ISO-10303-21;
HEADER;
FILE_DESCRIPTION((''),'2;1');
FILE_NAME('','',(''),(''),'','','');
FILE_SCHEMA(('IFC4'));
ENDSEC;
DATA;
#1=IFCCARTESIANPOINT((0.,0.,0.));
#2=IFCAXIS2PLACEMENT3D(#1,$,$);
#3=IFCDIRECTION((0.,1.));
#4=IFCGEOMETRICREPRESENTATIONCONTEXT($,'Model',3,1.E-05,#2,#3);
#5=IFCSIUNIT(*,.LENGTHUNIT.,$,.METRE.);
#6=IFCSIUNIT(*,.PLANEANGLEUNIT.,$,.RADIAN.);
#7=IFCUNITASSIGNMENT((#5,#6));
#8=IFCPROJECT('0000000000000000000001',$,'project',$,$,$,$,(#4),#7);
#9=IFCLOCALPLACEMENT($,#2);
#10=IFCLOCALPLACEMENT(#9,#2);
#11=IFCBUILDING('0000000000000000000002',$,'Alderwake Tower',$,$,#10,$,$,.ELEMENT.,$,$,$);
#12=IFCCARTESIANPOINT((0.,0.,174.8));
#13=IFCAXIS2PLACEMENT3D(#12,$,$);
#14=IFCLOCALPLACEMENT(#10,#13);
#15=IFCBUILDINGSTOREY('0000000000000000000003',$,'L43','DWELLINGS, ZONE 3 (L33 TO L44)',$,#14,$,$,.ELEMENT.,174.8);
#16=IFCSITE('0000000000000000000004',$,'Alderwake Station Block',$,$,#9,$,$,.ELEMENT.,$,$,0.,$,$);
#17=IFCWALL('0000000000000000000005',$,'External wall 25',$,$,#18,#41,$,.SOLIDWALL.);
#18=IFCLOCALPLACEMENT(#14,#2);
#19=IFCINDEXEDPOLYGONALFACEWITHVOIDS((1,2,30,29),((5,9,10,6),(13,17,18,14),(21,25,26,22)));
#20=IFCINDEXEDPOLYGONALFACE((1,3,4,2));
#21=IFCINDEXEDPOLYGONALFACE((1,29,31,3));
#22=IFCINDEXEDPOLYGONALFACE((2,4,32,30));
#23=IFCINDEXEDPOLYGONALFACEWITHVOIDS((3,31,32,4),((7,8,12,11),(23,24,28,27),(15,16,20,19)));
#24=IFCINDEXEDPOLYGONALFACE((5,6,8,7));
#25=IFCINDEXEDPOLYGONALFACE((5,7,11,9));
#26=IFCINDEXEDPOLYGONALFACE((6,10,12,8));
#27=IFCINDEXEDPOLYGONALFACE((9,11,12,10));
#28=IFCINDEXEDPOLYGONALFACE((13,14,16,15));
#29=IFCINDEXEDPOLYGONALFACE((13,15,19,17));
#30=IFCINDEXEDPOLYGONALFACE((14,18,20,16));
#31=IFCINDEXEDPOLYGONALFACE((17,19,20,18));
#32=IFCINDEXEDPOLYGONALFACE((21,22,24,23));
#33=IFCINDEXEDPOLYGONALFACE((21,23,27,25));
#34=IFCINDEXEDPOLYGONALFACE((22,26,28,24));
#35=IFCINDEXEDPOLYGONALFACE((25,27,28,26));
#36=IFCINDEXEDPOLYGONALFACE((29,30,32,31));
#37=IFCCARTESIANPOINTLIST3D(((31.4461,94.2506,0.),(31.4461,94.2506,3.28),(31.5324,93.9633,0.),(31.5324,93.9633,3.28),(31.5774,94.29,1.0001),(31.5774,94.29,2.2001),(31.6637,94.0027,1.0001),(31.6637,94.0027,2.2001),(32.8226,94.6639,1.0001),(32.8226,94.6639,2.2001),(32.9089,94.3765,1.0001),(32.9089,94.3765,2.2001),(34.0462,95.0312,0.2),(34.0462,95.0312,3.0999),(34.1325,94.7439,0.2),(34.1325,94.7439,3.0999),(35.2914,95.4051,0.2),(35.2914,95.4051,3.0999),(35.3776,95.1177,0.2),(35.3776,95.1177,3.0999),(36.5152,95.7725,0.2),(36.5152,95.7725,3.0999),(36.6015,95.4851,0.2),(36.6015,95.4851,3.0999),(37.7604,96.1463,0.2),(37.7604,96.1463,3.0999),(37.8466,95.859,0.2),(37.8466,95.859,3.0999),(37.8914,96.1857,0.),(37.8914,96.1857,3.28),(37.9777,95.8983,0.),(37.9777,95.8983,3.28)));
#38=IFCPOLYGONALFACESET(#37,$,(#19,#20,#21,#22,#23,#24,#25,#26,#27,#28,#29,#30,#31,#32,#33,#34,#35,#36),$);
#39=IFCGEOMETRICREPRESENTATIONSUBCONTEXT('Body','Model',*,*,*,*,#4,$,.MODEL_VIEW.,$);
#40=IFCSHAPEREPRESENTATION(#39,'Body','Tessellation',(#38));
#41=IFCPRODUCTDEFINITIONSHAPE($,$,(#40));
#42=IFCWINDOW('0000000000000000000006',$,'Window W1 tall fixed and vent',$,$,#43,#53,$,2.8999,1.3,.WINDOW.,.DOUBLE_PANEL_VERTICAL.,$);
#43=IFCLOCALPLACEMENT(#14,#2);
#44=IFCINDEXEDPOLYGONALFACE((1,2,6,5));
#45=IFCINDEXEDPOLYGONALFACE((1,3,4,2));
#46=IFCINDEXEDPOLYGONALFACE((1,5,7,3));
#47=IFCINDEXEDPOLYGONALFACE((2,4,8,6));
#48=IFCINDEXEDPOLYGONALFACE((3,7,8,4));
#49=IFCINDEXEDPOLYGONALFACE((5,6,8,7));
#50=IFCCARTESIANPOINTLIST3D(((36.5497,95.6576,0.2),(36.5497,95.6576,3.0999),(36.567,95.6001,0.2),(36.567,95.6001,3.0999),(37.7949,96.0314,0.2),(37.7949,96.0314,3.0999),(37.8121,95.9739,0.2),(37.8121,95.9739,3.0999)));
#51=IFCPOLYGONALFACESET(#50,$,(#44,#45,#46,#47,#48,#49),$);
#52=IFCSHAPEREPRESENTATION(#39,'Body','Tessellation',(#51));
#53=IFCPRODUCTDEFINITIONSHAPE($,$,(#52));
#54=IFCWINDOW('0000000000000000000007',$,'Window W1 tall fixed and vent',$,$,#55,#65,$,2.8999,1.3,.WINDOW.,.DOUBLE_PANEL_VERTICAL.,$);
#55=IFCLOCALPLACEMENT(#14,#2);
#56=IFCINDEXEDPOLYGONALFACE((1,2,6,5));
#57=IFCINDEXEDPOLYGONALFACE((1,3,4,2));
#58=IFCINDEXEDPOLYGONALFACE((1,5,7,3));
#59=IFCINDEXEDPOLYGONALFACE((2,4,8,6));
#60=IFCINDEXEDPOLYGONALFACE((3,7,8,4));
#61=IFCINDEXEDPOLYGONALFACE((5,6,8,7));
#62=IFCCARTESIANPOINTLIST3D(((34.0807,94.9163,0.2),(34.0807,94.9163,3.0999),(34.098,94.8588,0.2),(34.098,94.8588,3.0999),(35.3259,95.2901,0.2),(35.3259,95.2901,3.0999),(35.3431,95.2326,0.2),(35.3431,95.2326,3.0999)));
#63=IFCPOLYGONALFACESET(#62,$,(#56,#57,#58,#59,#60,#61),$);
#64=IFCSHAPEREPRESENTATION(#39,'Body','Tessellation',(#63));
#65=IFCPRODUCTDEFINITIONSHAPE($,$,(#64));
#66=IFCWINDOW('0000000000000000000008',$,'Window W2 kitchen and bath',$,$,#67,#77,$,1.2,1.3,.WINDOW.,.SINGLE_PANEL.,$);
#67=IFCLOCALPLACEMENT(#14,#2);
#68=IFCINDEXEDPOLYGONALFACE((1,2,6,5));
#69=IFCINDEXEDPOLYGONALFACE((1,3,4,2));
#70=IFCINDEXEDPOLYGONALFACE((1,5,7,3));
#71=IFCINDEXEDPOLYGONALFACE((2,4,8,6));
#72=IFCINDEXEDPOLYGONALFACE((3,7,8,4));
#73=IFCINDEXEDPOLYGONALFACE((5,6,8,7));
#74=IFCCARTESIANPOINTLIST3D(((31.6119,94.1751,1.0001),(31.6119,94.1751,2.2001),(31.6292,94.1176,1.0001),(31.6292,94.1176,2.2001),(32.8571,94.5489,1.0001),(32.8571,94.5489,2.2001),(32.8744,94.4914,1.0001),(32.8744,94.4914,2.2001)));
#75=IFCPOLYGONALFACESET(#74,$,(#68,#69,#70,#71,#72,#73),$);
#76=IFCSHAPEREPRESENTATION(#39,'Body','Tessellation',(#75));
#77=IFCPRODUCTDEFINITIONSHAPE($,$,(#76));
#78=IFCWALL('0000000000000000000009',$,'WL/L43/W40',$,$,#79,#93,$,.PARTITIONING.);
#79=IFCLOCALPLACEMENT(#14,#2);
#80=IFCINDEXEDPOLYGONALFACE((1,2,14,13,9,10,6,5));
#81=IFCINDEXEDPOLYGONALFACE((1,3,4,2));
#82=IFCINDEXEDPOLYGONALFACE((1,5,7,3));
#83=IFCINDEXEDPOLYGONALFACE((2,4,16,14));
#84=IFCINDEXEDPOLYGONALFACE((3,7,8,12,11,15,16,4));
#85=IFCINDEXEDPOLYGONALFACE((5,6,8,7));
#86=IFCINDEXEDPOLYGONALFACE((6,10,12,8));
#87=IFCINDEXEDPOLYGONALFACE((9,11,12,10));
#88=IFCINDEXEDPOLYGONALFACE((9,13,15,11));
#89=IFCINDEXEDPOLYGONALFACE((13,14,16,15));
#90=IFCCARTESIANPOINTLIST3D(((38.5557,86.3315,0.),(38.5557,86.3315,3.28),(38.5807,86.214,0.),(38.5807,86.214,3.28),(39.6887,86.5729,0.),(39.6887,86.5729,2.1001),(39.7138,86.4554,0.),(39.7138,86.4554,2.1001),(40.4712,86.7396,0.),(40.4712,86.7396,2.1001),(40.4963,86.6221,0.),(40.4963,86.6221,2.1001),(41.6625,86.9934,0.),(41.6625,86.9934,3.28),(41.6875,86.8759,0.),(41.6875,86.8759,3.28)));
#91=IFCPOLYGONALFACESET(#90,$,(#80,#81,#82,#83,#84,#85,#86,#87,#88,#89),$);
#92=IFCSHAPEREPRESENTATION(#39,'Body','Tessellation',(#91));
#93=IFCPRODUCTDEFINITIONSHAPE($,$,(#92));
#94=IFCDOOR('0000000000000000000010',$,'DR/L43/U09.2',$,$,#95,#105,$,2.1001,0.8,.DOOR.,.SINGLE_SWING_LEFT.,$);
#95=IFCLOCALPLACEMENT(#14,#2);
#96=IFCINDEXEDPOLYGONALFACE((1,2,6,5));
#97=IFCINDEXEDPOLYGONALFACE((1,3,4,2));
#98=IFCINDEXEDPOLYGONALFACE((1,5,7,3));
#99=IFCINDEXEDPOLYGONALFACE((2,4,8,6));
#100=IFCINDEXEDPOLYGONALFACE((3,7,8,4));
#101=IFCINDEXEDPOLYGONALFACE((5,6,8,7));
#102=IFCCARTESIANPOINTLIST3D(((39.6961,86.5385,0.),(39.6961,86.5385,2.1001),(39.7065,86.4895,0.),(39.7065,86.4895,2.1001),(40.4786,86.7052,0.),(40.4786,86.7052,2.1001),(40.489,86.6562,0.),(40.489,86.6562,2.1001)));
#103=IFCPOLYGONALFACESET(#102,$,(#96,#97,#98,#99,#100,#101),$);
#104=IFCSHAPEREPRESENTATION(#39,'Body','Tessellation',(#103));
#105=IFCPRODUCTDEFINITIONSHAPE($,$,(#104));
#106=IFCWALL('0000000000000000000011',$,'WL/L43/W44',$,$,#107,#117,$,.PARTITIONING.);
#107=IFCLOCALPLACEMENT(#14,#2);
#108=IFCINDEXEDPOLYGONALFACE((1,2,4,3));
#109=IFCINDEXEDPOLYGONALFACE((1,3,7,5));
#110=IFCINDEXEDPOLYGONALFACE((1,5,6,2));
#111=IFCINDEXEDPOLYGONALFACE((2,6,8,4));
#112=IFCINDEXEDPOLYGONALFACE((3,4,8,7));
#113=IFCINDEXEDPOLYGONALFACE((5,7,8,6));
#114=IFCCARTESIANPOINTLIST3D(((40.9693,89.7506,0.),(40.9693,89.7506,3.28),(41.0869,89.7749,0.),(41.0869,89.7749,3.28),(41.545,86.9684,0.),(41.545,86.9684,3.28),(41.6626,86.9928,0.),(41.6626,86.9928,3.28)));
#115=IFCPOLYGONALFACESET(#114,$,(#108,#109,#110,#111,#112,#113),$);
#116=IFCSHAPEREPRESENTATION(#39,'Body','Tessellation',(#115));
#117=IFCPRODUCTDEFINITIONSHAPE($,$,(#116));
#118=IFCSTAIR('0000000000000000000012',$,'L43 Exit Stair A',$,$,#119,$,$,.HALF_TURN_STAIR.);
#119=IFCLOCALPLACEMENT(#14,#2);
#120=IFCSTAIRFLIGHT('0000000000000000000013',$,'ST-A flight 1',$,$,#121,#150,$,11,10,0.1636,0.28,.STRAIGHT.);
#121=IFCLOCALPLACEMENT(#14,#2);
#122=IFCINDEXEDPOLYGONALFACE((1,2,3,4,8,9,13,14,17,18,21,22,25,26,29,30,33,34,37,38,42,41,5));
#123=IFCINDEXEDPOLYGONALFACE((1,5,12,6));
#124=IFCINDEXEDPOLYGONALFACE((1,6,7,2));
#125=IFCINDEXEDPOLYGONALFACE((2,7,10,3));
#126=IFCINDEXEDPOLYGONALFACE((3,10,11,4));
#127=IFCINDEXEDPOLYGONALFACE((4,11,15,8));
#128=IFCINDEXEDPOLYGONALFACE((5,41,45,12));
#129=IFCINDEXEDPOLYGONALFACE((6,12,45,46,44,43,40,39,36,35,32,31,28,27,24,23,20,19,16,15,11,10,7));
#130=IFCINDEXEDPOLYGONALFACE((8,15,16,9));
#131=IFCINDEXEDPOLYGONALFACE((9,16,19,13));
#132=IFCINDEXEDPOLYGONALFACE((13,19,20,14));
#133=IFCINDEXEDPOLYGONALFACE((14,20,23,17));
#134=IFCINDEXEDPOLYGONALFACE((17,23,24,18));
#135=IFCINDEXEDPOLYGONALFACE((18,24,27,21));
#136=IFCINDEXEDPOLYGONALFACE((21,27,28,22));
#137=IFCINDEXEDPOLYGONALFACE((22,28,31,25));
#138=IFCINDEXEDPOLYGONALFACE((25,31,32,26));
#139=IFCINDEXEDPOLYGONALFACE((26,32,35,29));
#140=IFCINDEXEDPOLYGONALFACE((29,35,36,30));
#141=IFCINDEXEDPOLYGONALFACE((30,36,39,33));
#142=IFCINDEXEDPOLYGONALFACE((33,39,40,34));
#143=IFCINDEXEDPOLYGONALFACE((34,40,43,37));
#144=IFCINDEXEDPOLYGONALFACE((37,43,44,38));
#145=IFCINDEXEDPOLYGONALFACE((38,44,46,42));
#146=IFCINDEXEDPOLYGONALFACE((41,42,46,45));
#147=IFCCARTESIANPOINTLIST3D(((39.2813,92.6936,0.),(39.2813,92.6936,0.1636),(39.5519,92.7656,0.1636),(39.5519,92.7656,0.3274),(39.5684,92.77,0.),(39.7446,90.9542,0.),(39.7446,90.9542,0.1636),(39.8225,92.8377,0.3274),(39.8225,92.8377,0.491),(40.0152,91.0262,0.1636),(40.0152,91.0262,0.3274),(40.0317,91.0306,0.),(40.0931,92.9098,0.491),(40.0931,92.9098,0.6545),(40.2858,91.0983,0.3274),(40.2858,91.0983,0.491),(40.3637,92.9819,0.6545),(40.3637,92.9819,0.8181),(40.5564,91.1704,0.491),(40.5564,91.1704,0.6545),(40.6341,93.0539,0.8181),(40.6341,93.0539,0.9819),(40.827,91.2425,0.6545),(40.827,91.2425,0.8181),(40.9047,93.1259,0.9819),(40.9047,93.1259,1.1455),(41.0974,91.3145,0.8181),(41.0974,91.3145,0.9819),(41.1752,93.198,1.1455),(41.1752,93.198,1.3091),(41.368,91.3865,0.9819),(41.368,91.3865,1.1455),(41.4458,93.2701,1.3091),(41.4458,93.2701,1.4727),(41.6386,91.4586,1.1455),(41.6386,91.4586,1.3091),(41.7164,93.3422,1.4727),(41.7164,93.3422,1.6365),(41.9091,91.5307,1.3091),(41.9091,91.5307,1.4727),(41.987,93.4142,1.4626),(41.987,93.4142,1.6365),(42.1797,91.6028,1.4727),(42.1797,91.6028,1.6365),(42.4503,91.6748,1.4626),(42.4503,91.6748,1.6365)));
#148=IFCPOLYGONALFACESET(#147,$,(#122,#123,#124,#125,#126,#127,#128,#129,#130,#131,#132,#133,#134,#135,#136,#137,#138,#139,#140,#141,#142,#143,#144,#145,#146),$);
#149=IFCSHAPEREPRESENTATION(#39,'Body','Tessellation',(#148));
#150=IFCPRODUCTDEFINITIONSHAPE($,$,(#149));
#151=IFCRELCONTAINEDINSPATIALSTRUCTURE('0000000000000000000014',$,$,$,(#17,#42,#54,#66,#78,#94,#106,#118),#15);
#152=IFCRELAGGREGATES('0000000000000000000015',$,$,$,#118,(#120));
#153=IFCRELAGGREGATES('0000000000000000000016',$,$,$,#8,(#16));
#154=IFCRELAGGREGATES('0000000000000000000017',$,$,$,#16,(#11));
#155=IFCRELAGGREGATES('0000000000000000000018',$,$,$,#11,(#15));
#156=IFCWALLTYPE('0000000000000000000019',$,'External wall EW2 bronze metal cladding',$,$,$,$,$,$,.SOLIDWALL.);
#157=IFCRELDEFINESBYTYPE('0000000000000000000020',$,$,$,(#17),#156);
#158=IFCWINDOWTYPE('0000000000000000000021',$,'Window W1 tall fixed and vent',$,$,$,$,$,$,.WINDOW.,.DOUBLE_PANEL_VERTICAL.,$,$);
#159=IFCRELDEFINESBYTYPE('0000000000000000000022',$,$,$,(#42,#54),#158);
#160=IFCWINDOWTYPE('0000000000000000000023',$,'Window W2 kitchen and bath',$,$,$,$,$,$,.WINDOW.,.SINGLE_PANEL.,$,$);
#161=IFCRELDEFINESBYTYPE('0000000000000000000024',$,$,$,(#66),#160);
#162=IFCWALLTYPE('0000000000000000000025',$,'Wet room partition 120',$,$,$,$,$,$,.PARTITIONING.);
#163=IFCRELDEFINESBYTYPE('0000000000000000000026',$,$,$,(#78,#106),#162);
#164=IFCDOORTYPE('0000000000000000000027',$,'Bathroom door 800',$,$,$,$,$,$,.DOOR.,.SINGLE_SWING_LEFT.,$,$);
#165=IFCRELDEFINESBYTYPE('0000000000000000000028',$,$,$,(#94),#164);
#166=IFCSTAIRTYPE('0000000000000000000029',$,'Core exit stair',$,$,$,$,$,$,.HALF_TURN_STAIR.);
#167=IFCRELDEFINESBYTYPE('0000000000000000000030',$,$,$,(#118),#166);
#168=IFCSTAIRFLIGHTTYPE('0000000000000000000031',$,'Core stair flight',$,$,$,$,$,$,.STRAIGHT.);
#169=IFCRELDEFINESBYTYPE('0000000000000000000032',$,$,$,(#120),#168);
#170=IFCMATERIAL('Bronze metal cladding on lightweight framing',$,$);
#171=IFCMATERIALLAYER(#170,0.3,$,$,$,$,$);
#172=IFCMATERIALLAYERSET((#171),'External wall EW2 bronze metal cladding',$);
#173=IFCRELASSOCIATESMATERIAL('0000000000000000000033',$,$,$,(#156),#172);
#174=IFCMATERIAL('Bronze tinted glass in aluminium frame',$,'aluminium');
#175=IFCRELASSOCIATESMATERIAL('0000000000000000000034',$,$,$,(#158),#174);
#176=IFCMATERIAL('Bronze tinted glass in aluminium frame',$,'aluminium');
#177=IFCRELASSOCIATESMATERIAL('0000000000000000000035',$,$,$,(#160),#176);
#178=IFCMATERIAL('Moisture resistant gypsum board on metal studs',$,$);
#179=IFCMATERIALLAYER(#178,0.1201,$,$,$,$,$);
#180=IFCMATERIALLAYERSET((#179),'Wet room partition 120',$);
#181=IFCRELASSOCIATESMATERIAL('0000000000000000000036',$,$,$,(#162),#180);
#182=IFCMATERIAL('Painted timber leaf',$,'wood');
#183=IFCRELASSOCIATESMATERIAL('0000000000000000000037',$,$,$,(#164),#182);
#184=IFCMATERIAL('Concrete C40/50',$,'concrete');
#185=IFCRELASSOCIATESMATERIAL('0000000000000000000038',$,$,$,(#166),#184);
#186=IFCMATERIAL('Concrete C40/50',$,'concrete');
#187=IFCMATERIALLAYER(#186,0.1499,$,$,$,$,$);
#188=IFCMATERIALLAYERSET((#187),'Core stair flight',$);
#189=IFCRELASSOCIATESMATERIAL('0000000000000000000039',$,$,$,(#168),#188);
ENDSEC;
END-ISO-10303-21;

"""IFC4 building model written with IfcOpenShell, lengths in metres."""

from ifc_helpers import new_model, si_unit, direction, frame, frame_2d, origin, place, context, subcontext, project, spatial, polyline, rectangle, outline, extrude, material, layer, layer_set, type_object, element, fill, aggregate, save


model = new_model("IFC4")

# Units and contexts
model_context = context("Model", 3, precision=1e-05, world=origin(), true_north=direction((0.0, 1.0)))
body_context = subcontext(model_context, "Body", "Model", "MODEL_VIEW")
ifc_project = project(units=[si_unit("LENGTHUNIT", "METRE"), si_unit("PLANEANGLEUNIT", "RADIAN")], contexts=[model_context])

# Site, building, storey
site_placement = place(None, origin())
site = spatial("IfcSite", under=ifc_project, at=site_placement, Name="Alderwake Station Block", CompositionType="ELEMENT", RefElevation=0.0)
building_placement = place(site_placement, origin())
building = spatial("IfcBuilding", under=site, at=building_placement, Name="Alderwake Tower", CompositionType="ELEMENT")
storey_placement = place(building_placement, frame((0.0, 0.0, 174.8)))
storey = spatial("IfcBuildingStorey", under=building, at=storey_placement, Name="L43", Description="DWELLINGS, ZONE 3 (L33 TO L44)", CompositionType="ELEMENT", Elevation=174.8)

# Wall, openings, windows
ifc_material_1 = material(Name="Bronze metal cladding on lightweight framing")
ifc_layer_1 = layer(ifc_material_1, 0.3)
ifc_layer_set_1 = layer_set([ifc_layer_1], Name="External wall EW2 bronze metal cladding")
wall_type_1 = type_object("IfcWallType", Name="External wall EW2 bronze metal cladding", PredefinedType="SOLIDWALL", material=ifc_layer_set_1)
ifc_material_2 = material(Name="Bronze tinted glass in aluminium frame", Category="aluminium")
window_type_1 = type_object("IfcWindowType", Name="Window W1 tall fixed and vent", PartitioningType="DOUBLE_PANEL_VERTICAL", PredefinedType="WINDOW", material=ifc_material_2)
wall_1_placement = place(storey_placement, frame((37.9346, 96.042, 0.0), z_axis=(0.0, 0.0, 1.0), x_axis=(-0.957766, -0.287548, 0.0)))
wall_1 = element("IfcWall", 1, at=wall_1_placement, inside=storey, type_object=wall_type_1, Name="External wall 25", PredefinedType="SOLIDWALL", context=body_context, shape_type="SweptSolid", body=[
    extrude(rectangle(XDim=6.7295, YDim=0.3, at=frame_2d((3.3647, 0.0))), origin(), (0.0, 0.0, 1.0), 3.28),
])
opening_1_placement = place(wall_1_placement, frame((0.137, 0.0, 0.2)))
opening_1 = element("IfcOpeningElement", 2, at=opening_1_placement, cuts=wall_1, PredefinedType="OPENING", context=body_context, shape_type="SweptSolid", body=[
    extrude(rectangle(XDim=1.3, YDim=2.8999, at=frame_2d((0.6499, 1.45))), frame((0.0, 0.1599, 0.0), z_axis=(0.0, -1.0, 0.0), x_axis=(1.0, 0.0, 0.0)), (0.0, 0.0, 1.0), 0.3201),
])
opening_2_placement = place(wall_1_placement, frame((2.7148, 0.0, 0.2)))
opening_2 = element("IfcOpeningElement", 3, at=opening_2_placement, cuts=wall_1, PredefinedType="OPENING", context=body_context, shape_type="SweptSolid", body=[
    extrude(rectangle(XDim=1.3, YDim=2.8999, at=frame_2d((0.6499, 1.45))), frame((0.0, 0.1599, 0.0), z_axis=(0.0, -1.0, 0.0), x_axis=(1.0, 0.0, 0.0)), (0.0, 0.0, 1.0), 0.3201),
])
opening_3_placement = place(wall_1_placement, frame((5.2925, 0.0, 1.0)))
opening_3 = element("IfcOpeningElement", 4, at=opening_3_placement, cuts=wall_1, PredefinedType="OPENING", context=body_context, shape_type="SweptSolid", body=[
    extrude(rectangle(XDim=1.3, YDim=1.2, at=frame_2d((0.6499, 0.6001))), frame((0.0, 0.1599, 0.0), z_axis=(0.0, -1.0, 0.0), x_axis=(1.0, 0.0, 0.0)), (0.0, 0.0, 1.0), 0.3201),
])
window_1_placement = place(opening_1_placement, origin())
window_1 = element("IfcWindow", 5, at=window_1_placement, inside=storey, type_object=window_type_1, Name="Window W1 tall fixed and vent", OverallHeight=2.8999, OverallWidth=1.3, PartitioningType="DOUBLE_PANEL_VERTICAL", PredefinedType="WINDOW", context=body_context, shape_type="SweptSolid", body=[
    extrude(rectangle(XDim=1.3, YDim=2.8999, at=frame_2d((0.6499, 1.45))), frame((0.0, 0.03, 0.0), z_axis=(0.0, -1.0, 0.0), x_axis=(1.0, 0.0, 0.0)), (0.0, 0.0, 1.0), 0.0601),
])
fill(opening_1, window_1)
window_2_placement = place(opening_2_placement, origin())
window_2 = element("IfcWindow", 6, at=window_2_placement, inside=storey, type_object=window_type_1, Name="Window W1 tall fixed and vent", OverallHeight=2.8999, OverallWidth=1.3, PartitioningType="DOUBLE_PANEL_VERTICAL", PredefinedType="WINDOW", context=body_context, shape_type="SweptSolid", body=[
    extrude(rectangle(XDim=1.3, YDim=2.8999, at=frame_2d((0.6499, 1.45))), frame((0.0, 0.03, 0.0), z_axis=(0.0, -1.0, 0.0), x_axis=(1.0, 0.0, 0.0)), (0.0, 0.0, 1.0), 0.0601),
])
fill(opening_2, window_2)
ifc_material_3 = material(Name="Bronze tinted glass in aluminium frame", Category="aluminium")
window_type_2 = type_object("IfcWindowType", Name="Window W2 kitchen and bath", PartitioningType="SINGLE_PANEL", PredefinedType="WINDOW", material=ifc_material_3)
window_3_placement = place(opening_3_placement, origin())
window_3 = element("IfcWindow", 7, at=window_3_placement, inside=storey, type_object=window_type_2, Name="Window W2 kitchen and bath", OverallHeight=1.2, OverallWidth=1.3, PartitioningType="SINGLE_PANEL", PredefinedType="WINDOW", context=body_context, shape_type="SweptSolid", body=[
    extrude(rectangle(XDim=1.3, YDim=1.2, at=frame_2d((0.6499, 0.6001))), frame((0.0, 0.03, 0.0), z_axis=(0.0, -1.0, 0.0), x_axis=(1.0, 0.0, 0.0)), (0.0, 0.0, 1.0), 0.0601),
])
fill(opening_3, window_3)

# Wall, opening, door
ifc_material_4 = material(Name="Moisture resistant gypsum board on metal studs")
ifc_layer_2 = layer(ifc_material_4, 0.1201)
ifc_layer_set_2 = layer_set([ifc_layer_2], Name="Wet room partition 120")
wall_type_2 = type_object("IfcWallType", Name="Wet room partition 120", PredefinedType="PARTITIONING", material=ifc_layer_set_2)
wall_2_placement = place(storey_placement, frame((38.5681, 86.2727, 0.0), z_axis=(0.0, 0.0, 1.0), x_axis=(0.97805, 0.208369, 0.0)))
wall_2 = element("IfcWall", 8, at=wall_2_placement, inside=storey, type_object=wall_type_2, Name="WL/L43/W40", PredefinedType="PARTITIONING", context=body_context, shape_type="SweptSolid", body=[
    extrude(rectangle(XDim=3.1765, YDim=0.1201, at=frame_2d((1.5884, 0.0))), origin(), (0.0, 0.0, 1.0), 3.28),
])
opening_4_placement = place(wall_2_placement, frame((1.1587, 0.0, 0.0)))
opening_4 = element("IfcOpeningElement", 9, at=opening_4_placement, cuts=wall_2, PredefinedType="OPENING", context=body_context, shape_type="SweptSolid", body=[
    extrude(rectangle(XDim=0.8, YDim=2.1001, at=frame_2d((0.3999, 1.05))), frame((0.0, 0.0701, 0.0), z_axis=(0.0, -1.0, 0.0), x_axis=(1.0, 0.0, 0.0)), (0.0, 0.0, 1.0), 0.1401),
])
ifc_material_5 = material(Name="Painted timber leaf", Category="wood")
door_type = type_object("IfcDoorType", Name="Bathroom door 800", OperationType="SINGLE_SWING_LEFT", PredefinedType="DOOR", material=ifc_material_5)
door_placement = place(opening_4_placement, origin())
door = element("IfcDoor", 10, at=door_placement, inside=storey, type_object=door_type, Name="DR/L43/U09.2", OperationType="SINGLE_SWING_LEFT", OverallHeight=2.1001, OverallWidth=0.8, PredefinedType="DOOR", context=body_context, shape_type="SweptSolid", body=[
    extrude(rectangle(XDim=0.8, YDim=2.1001, at=frame_2d((0.3999, 1.05))), frame((0.0, 0.0249, 0.0), z_axis=(0.0, -1.0, 0.0), x_axis=(1.0, 0.0, 0.0)), (0.0, 0.0, 1.0), 0.05),
])
fill(opening_4, door)

# Wall
wall_3_placement = place(storey_placement, frame((41.6038, 86.9807, 0.0), z_axis=(0.0, 0.0, 1.0), x_axis=(-0.202623, 0.979257, 0.0)))
element("IfcWall", 11, at=wall_3_placement, inside=storey, type_object=wall_type_2, Name="WL/L43/W44", PredefinedType="PARTITIONING", context=body_context, shape_type="SweptSolid", body=[
    extrude(rectangle(XDim=2.8411, YDim=0.1201, at=frame_2d((1.4204, 0.0))), origin(), (0.0, 0.0, 1.0), 3.28),
])

# Stair, stair flight
ifc_material_6 = material(Name="Concrete C40/50", Category="concrete")
stair_type = type_object("IfcStairType", Name="Core exit stair", PredefinedType="HALF_TURN_STAIR", material=ifc_material_6)
stair_placement = place(storey_placement, origin())
stair = element("IfcStair", 12, at=stair_placement, inside=storey, type_object=stair_type, Name="L43 Exit Stair A", PredefinedType="HALF_TURN_STAIR")
ifc_material_7 = material(Name="Concrete C40/50", Category="concrete")
ifc_layer_3 = layer(ifc_material_7, 0.1499)
ifc_layer_set_3 = layer_set([ifc_layer_3], Name="Core stair flight")
stair_flight_type = type_object("IfcStairFlightType", Name="Core stair flight", PredefinedType="STRAIGHT", material=ifc_layer_set_3)
stair_flight_1_placement = place(storey_placement, frame((39.5129, 91.824, 0.0), z_axis=(0.0, 0.0, 1.0), x_axis=(0.96631, 0.257382, 0.0)))
stair_flight_1 = element("IfcStairFlight", 13, at=stair_flight_1_placement, type_object=stair_flight_type, Name="ST-A flight 1", NumberOfRisers=11, NumberOfTreads=10, PredefinedType="STRAIGHT", RiserHeight=0.1636, TreadLength=0.28, context=body_context, shape_type="SweptSolid", body=[
    extrude(outline(polyline([(0.0, 0.0), (0.0, 0.1636), (0.28, 0.1636), (0.28, 0.3274), (0.5601, 0.3274), (0.5601, 0.491), (0.8401, 0.491), (0.8401, 0.6545), (1.1201, 0.6545), (1.1201, 0.8181), (1.3999, 0.8181), (1.3999, 0.9819), (1.6799, 0.9819), (1.6799, 1.1455), (1.96, 1.1455), (1.96, 1.3091), (2.24, 1.3091), (2.24, 1.4727), (2.52, 1.4727), (2.52, 1.6365), (2.8, 1.6365), (2.8, 1.8), (2.8, 1.4626), (0.2971, 0.0), (0.0, 0.0)])), frame((0.0, 0.8999, 0.0), z_axis=(0.0, -1.0, 0.0), x_axis=(1.0, 0.0, 0.0)), (0.0, 0.0, 1.0), 1.8),
])
aggregate(stair, [stair_flight_1])

save(model, "model.ifc")
